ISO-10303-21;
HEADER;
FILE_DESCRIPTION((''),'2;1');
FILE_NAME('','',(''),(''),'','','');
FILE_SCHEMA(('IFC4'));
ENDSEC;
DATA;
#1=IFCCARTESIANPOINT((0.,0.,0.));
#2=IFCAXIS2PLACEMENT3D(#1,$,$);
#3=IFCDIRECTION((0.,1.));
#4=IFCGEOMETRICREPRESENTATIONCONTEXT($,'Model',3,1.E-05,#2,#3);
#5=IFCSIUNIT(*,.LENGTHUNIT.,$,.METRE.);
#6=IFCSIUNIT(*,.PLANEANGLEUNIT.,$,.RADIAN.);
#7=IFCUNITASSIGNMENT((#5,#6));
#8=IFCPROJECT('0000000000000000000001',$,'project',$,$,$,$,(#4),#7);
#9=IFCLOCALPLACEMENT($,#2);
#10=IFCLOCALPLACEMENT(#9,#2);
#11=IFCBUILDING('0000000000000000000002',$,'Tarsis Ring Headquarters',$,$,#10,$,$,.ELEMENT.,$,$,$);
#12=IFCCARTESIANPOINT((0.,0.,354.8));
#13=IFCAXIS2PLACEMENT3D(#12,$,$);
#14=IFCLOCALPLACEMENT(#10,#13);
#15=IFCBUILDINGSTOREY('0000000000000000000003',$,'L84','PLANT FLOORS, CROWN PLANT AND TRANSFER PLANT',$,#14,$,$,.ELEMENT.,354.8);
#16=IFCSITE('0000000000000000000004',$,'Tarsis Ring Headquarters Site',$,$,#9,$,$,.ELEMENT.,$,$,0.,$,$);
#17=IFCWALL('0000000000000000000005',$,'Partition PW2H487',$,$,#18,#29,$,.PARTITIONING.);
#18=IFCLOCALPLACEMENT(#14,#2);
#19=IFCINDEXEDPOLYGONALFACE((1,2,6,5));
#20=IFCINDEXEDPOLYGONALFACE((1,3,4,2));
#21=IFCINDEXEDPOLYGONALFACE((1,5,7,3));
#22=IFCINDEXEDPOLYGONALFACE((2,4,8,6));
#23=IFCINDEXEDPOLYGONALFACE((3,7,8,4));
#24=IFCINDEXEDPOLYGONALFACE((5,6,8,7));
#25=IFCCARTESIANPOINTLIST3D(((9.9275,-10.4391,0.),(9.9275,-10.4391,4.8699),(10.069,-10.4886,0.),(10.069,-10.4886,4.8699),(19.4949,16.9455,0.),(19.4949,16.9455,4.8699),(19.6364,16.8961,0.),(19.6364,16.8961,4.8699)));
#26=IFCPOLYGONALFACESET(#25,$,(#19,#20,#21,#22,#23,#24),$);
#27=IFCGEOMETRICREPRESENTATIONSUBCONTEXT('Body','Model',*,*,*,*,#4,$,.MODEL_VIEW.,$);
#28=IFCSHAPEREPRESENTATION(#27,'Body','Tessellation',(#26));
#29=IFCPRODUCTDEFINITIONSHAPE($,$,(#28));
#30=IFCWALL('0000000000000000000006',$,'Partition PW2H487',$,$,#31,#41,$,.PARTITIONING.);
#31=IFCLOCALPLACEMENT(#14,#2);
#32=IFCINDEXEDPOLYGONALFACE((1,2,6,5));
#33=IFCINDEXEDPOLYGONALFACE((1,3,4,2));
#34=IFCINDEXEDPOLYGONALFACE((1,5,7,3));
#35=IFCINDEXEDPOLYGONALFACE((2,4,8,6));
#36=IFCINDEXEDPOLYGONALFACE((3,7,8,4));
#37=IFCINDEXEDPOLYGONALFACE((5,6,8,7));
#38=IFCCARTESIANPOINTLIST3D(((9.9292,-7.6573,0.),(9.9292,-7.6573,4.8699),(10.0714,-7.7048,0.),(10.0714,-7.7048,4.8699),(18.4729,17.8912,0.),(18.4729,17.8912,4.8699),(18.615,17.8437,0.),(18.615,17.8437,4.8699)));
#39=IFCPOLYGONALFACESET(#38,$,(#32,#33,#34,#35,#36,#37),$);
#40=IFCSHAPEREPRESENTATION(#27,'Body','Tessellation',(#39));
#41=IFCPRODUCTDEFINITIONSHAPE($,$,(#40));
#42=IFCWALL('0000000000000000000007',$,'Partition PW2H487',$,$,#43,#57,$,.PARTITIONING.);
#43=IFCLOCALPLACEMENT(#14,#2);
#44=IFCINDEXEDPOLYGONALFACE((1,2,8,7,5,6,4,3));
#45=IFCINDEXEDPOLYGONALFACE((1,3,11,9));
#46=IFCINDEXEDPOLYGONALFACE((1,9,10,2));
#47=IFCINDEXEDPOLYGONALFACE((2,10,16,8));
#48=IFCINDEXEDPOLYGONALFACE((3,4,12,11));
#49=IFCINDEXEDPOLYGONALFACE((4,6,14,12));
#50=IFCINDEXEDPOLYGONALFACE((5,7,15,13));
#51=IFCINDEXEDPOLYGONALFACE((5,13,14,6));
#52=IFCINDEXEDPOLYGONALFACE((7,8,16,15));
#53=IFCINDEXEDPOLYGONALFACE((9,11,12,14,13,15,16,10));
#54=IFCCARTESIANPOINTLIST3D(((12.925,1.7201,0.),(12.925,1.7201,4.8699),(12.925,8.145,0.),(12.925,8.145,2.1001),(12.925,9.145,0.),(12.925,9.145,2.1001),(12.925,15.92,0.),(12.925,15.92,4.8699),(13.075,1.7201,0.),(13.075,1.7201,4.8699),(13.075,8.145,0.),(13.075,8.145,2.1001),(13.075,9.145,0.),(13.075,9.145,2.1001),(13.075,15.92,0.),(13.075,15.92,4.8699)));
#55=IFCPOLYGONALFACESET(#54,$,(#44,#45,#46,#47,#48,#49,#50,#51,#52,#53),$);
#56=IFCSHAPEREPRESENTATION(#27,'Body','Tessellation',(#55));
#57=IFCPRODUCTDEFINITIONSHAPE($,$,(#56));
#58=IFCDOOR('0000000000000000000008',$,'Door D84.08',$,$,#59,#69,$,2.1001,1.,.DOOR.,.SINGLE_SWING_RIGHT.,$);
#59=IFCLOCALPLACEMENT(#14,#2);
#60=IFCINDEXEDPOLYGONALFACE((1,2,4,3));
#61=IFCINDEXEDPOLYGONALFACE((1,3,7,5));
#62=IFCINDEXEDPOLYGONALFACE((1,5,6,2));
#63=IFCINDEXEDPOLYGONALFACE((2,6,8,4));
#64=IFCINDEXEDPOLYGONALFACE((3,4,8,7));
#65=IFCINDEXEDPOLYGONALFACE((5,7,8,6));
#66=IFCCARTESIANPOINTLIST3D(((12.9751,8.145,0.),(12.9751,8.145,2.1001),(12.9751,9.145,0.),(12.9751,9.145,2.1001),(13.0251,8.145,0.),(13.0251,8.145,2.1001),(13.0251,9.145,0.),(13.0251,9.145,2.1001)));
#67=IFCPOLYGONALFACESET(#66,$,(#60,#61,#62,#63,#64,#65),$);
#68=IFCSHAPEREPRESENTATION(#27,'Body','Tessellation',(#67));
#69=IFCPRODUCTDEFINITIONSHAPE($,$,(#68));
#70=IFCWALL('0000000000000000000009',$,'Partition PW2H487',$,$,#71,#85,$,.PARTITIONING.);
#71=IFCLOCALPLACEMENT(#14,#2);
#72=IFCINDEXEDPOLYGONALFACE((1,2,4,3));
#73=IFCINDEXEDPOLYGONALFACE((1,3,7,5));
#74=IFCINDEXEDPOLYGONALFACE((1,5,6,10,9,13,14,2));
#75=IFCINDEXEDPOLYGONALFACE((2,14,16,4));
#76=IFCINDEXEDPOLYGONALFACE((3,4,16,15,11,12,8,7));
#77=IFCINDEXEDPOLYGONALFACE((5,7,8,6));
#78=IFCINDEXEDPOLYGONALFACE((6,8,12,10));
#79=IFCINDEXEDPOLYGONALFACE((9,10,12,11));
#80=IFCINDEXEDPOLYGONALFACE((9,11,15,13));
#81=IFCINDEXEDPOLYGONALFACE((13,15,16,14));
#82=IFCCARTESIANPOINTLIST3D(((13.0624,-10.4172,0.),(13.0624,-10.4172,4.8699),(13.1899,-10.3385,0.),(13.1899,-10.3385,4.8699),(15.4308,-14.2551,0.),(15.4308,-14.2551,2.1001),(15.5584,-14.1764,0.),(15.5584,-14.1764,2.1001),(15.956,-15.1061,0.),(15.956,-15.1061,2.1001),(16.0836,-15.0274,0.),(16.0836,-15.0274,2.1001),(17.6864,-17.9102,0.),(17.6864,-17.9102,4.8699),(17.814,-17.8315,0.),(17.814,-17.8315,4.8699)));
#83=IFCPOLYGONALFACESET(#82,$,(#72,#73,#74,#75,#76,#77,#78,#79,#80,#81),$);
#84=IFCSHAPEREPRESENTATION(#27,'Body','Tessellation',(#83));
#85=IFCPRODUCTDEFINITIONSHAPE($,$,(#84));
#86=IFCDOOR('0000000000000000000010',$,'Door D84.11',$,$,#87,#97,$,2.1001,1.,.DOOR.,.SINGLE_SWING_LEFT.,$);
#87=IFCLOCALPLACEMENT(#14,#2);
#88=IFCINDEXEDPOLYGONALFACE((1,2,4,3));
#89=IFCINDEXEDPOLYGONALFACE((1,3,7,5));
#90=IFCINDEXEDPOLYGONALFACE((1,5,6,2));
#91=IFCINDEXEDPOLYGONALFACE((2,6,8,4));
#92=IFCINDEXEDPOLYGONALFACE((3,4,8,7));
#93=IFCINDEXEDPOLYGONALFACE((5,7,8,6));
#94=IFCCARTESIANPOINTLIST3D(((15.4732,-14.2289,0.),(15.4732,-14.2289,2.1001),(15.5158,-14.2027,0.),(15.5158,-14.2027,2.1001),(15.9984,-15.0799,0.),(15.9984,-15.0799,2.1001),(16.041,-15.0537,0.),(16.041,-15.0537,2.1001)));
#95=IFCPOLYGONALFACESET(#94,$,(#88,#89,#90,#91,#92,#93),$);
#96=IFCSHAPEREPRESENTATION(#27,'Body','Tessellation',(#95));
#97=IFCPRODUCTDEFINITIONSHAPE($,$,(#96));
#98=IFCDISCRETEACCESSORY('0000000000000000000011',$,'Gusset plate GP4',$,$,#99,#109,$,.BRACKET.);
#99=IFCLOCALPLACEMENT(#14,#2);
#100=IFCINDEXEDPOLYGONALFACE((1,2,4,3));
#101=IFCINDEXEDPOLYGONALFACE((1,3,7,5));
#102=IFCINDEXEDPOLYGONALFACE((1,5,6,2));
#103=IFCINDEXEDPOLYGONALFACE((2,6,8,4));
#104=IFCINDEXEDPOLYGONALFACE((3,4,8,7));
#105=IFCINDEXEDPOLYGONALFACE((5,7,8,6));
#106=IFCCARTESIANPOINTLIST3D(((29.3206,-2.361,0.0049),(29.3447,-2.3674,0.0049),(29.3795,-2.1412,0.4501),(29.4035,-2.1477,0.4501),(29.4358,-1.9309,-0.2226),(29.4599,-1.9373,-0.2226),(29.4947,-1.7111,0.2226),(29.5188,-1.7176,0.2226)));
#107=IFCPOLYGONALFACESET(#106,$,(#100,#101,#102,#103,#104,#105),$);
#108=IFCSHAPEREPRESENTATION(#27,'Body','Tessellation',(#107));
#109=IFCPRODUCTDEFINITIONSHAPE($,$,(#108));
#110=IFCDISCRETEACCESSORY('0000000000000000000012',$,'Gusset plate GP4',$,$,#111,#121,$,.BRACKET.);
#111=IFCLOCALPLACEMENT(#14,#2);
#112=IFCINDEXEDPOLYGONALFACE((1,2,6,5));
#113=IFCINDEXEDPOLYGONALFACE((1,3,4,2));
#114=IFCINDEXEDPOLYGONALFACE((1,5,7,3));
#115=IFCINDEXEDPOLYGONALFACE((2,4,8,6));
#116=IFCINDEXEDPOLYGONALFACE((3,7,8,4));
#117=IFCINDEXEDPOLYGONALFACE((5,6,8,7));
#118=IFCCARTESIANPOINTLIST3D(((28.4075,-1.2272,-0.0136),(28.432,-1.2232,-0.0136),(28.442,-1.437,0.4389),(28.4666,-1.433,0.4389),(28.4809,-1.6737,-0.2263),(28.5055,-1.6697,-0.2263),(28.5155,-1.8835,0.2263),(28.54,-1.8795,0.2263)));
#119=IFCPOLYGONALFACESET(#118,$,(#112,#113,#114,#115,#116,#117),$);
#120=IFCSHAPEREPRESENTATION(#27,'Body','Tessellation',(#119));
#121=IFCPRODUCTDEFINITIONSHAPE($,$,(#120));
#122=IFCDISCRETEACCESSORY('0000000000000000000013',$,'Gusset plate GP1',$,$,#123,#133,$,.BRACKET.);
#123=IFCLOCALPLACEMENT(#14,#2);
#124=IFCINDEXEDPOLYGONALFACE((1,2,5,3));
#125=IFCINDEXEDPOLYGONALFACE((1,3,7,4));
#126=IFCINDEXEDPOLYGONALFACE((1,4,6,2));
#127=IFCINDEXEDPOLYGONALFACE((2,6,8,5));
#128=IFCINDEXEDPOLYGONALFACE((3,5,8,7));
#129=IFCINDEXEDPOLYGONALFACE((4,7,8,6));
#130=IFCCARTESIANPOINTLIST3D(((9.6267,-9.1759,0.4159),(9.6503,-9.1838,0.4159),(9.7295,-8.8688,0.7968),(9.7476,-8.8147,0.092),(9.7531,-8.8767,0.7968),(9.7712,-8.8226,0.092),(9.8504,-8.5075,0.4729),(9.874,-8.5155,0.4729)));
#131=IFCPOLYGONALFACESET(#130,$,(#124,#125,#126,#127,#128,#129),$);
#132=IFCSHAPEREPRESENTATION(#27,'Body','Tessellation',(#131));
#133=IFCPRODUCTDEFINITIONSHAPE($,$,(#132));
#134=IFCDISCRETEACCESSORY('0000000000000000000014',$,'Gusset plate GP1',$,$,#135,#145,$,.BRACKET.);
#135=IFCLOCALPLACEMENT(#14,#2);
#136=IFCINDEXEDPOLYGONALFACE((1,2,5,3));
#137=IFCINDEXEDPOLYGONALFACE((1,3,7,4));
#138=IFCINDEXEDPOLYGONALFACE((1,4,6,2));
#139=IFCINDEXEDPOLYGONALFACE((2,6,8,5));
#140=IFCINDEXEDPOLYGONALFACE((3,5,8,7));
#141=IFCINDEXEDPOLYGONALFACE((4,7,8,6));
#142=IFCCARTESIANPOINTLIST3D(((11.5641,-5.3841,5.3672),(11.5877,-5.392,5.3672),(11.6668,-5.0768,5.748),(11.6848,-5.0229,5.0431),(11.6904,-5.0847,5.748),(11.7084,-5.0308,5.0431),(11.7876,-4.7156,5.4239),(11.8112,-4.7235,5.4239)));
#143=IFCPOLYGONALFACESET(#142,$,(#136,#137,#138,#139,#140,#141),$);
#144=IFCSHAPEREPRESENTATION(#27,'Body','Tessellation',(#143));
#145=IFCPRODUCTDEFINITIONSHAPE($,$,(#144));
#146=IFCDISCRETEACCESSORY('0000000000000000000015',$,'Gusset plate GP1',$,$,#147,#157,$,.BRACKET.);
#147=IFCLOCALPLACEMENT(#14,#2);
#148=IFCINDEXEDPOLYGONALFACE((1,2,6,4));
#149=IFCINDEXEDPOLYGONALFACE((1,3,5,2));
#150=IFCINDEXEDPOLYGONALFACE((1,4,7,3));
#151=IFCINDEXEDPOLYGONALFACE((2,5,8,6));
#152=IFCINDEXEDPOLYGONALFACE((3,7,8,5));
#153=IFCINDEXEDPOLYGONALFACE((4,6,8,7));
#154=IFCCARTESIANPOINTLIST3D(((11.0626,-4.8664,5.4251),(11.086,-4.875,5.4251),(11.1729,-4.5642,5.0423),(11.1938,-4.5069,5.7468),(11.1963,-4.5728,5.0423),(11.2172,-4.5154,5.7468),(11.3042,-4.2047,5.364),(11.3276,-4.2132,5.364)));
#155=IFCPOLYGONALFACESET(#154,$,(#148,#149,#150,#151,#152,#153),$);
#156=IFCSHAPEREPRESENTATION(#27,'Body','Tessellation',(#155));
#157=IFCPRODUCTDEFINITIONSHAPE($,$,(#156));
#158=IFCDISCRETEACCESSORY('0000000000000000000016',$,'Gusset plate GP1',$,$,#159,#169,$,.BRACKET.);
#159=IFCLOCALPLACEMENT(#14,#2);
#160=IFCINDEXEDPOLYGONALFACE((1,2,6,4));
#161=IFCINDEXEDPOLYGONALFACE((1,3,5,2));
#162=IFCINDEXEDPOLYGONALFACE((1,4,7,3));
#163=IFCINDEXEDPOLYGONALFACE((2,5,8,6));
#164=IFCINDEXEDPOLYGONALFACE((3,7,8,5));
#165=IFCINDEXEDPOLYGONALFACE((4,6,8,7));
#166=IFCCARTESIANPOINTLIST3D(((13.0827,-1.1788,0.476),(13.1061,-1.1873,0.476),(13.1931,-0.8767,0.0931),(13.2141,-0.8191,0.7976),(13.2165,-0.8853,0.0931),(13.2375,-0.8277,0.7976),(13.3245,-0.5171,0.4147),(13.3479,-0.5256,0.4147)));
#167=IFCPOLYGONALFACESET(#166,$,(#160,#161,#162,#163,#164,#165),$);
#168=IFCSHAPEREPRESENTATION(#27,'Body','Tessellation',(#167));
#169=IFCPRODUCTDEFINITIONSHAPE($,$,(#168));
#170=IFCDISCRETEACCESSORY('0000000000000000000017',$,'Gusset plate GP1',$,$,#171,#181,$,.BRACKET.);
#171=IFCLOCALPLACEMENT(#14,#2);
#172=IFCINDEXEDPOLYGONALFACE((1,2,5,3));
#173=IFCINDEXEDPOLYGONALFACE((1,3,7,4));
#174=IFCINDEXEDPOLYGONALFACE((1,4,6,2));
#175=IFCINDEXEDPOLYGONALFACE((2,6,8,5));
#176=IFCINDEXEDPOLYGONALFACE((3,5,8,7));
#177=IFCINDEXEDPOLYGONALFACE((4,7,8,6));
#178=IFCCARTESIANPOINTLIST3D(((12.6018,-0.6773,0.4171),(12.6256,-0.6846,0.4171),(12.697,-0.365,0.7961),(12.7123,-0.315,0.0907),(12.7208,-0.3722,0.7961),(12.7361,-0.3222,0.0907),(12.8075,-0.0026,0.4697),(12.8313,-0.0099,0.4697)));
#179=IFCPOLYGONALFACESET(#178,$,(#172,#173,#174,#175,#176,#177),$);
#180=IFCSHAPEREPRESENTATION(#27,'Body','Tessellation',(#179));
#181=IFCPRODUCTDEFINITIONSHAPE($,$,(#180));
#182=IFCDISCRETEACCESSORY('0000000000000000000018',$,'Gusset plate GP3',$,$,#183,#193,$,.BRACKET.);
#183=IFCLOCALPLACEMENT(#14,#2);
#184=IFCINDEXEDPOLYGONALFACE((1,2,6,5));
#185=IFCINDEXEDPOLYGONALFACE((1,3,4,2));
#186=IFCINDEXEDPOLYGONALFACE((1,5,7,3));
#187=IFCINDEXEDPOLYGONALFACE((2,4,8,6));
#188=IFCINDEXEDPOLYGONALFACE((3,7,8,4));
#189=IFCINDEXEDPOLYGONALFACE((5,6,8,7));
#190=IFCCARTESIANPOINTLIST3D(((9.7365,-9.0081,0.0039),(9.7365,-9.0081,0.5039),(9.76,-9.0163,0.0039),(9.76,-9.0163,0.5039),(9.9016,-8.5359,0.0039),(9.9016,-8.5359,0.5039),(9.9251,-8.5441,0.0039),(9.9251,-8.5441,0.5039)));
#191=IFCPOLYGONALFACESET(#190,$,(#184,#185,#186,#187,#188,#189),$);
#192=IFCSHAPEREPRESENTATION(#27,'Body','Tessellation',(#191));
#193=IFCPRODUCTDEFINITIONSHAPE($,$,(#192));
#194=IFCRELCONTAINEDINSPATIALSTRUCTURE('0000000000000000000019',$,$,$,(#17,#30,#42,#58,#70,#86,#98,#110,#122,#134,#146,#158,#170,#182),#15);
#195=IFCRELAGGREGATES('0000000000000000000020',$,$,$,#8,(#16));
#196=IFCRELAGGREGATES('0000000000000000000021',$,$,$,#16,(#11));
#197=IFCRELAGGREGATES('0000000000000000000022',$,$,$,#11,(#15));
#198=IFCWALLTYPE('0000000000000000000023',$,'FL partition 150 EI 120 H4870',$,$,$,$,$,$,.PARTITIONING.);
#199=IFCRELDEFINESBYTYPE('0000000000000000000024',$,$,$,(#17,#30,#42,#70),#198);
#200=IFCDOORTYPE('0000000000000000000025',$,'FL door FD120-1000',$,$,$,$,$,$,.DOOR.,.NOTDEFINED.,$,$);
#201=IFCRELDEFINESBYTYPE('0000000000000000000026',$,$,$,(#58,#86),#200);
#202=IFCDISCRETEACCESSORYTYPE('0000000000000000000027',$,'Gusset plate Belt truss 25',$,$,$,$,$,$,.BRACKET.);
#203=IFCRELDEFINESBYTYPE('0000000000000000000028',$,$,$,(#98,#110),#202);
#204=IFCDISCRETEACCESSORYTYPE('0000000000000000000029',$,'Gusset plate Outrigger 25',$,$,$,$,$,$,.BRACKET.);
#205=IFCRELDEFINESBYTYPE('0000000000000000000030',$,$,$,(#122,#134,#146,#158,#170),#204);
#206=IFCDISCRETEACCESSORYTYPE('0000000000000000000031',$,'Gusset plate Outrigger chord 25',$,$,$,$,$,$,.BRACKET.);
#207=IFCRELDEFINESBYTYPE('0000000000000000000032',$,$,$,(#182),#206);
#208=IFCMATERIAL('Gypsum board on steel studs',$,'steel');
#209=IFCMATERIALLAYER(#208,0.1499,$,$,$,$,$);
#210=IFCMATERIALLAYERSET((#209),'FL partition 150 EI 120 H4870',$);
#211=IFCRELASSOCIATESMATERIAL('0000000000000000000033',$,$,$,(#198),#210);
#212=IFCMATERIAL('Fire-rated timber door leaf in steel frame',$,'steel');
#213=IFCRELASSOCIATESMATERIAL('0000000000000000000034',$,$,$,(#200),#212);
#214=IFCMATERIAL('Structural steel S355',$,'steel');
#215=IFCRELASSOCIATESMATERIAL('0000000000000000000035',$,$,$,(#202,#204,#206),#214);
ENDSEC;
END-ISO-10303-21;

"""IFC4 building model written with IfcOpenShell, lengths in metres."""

from ifc_helpers import new_model, si_unit, direction, frame, frame_2d, origin, origin_2d, place, context, subcontext, project, spatial, rectangle, extrude, material, layer, layer_set, material_profile, profile_set, type_object, element, fill, save


model = new_model("IFC4")

# Units and contexts
model_context = context("Model", 3, precision=1e-05, world=origin(), true_north=direction((0.0, 1.0)))
body_context = subcontext(model_context, "Body", "Model", "MODEL_VIEW")
ifc_project = project(units=[si_unit("LENGTHUNIT", "METRE"), si_unit("PLANEANGLEUNIT", "RADIAN")], contexts=[model_context])

# Site, building, storey
site_placement = place(None, origin())
site = spatial("IfcSite", under=ifc_project, at=site_placement, Name="Tarsis Ring Headquarters Site", CompositionType="ELEMENT", RefElevation=0.0)
building_placement = place(site_placement, origin())
building = spatial("IfcBuilding", under=site, at=building_placement, Name="Tarsis Ring Headquarters", CompositionType="ELEMENT")
storey_placement = place(building_placement, frame((0.0, 0.0, 354.8)))
storey = spatial("IfcBuildingStorey", under=building, at=storey_placement, Name="L84", Description="PLANT FLOORS, CROWN PLANT AND TRANSFER PLANT", CompositionType="ELEMENT", Elevation=354.8)

# Shared definitions
ifc_material_1 = material(Name="Structural steel S355", Category="steel")

# Walls
ifc_material_2 = material(Name="Gypsum board on steel studs", Category="steel")
ifc_layer = layer(ifc_material_2, 0.1499)
ifc_layer_set = layer_set([ifc_layer], Name="FL partition 150 EI 120 H4870")
wall_type = type_object("IfcWallType", Name="FL partition 150 EI 120 H4870", PredefinedType="PARTITIONING", material=ifc_layer_set)
wall_1_placement = place(storey_placement, frame((9.9983, -10.4639, 0.0), z_axis=(0.0, 0.0, 1.0), x_axis=(0.32982, 0.944044, 0.0)))
element("IfcWall", 1, at=wall_1_placement, inside=storey, type_object=wall_type, Name="Partition PW2H487", PredefinedType="PARTITIONING", context=body_context, shape_type="SweptSolid", body=[
    extrude(rectangle(XDim=29.0078, YDim=0.1499, at=frame_2d((14.5039, 0.0))), origin(), (0.0, 0.0, 1.0), 4.8699),
])
wall_2_placement = place(storey_placement, frame((10.0002, -7.6812, 0.0), z_axis=(0.0, 0.0, 1.0), x_axis=(0.317147, 0.948377, 0.0)))
element("IfcWall", 2, at=wall_2_placement, inside=storey, type_object=wall_type, Name="Partition PW2H487", PredefinedType="PARTITIONING", context=body_context, shape_type="SweptSolid", body=[
    extrude(rectangle(XDim=26.9392, YDim=0.1499, at=frame_2d((13.4697, 0.0))), origin(), (0.0, 0.0, 1.0), 4.8699),
])

# Walls, openings, doors
wall_3_placement = place(storey_placement, frame((13.0, 1.72, 0.0), z_axis=(0.0, 0.0, 1.0), x_axis=(0.0, 1.0, 0.0)))
wall_3 = element("IfcWall", 3, at=wall_3_placement, inside=storey, type_object=wall_type, Name="Partition PW2H487", PredefinedType="PARTITIONING", context=body_context, shape_type="SweptSolid", body=[
    extrude(rectangle(XDim=14.2, YDim=0.1499, at=frame_2d((7.1001, 0.0))), origin(), (0.0, 0.0, 1.0), 4.8699),
])
opening_1_placement = place(wall_3_placement, frame((6.425, 0.0, 0.0)))
opening_1 = element("IfcOpeningElement", 4, at=opening_1_placement, cuts=wall_3, PredefinedType="OPENING", context=body_context, shape_type="SweptSolid", body=[
    extrude(rectangle(XDim=1.0, YDim=2.1001, at=frame_2d((0.5, 1.05))), frame((0.0, 0.085, 0.0), z_axis=(0.0, -1.0, 0.0), x_axis=(1.0, 0.0, 0.0)), (0.0, 0.0, 1.0), 0.1699),
])
ifc_material_3 = material(Name="Fire-rated timber door leaf in steel frame", Category="steel")
door_type = type_object("IfcDoorType", Name="FL door FD120-1000", OperationType="NOTDEFINED", PredefinedType="DOOR", material=ifc_material_3)
door_1_placement = place(opening_1_placement, origin())
door_1 = element("IfcDoor", 5, at=door_1_placement, inside=storey, type_object=door_type, Name="Door D84.08", OperationType="SINGLE_SWING_RIGHT", OverallHeight=2.1001, OverallWidth=1.0, PredefinedType="DOOR", context=body_context, shape_type="SweptSolid", body=[
    extrude(rectangle(XDim=1.0, YDim=2.1001, at=frame_2d((0.5, 1.05))), frame((0.0, 0.0249, 0.0), z_axis=(0.0, -1.0, 0.0), x_axis=(1.0, 0.0, 0.0)), (0.0, 0.0, 1.0), 0.05),
])
fill(opening_1, door_1)
wall_4_placement = place(storey_placement, frame((13.1262, -10.3779, 0.0), z_axis=(0.0, 0.0, 1.0), x_axis=(0.525168, -0.850999, 0.0)))
wall_4 = element("IfcWall", 6, at=wall_4_placement, inside=storey, type_object=wall_type, Name="Partition PW2H487", PredefinedType="PARTITIONING", context=body_context, shape_type="SweptSolid", body=[
    extrude(rectangle(XDim=8.8049, YDim=0.1499, at=frame_2d((4.4023, 0.0))), origin(), (0.0, 0.0, 1.0), 4.8699),
])
opening_2_placement = place(wall_4_placement, frame((4.5098, 0.0, 0.0)))
opening_2 = element("IfcOpeningElement", 7, at=opening_2_placement, cuts=wall_4, PredefinedType="OPENING", context=body_context, shape_type="SweptSolid", body=[
    extrude(rectangle(XDim=1.0, YDim=2.1001, at=frame_2d((0.5, 1.05))), frame((0.0, 0.085, 0.0), z_axis=(0.0, -1.0, 0.0), x_axis=(1.0, 0.0, 0.0)), (0.0, 0.0, 1.0), 0.1699),
])
door_2_placement = place(opening_2_placement, origin())
door_2 = element("IfcDoor", 8, at=door_2_placement, inside=storey, type_object=door_type, Name="Door D84.11", OperationType="SINGLE_SWING_LEFT", OverallHeight=2.1001, OverallWidth=1.0, PredefinedType="DOOR", context=body_context, shape_type="SweptSolid", body=[
    extrude(rectangle(XDim=1.0, YDim=2.1001, at=frame_2d((0.5, 1.05))), frame((0.0, 0.0249, 0.0), z_axis=(0.0, -1.0, 0.0), x_axis=(1.0, 0.0, 0.0)), (0.0, 0.0, 1.0), 0.05),
])
fill(opening_2, door_2)

# Discrete accessories
ifc_material_profile_1 = material_profile(ifc_material_1, rectangle(XDim=0.0249, YDim=0.5, at=origin_2d()), Name="PL 25x500")
ifc_profile_set_1 = profile_set([ifc_material_profile_1], Name="Structural steel S355")
discrete_accessory_type_1 = type_object("IfcDiscreteAccessoryType", Name="Gusset plate Belt truss 25", PredefinedType="BRACKET", material=ifc_profile_set_1)
for number, where, z_axis, x_axis, name in (
    (9, (29.4773, -1.8242, 0.0), (-0.230421, -0.860172, 0.454983), (0.965943, -0.258754, 0.0), "Gusset plate GP4"),
    (10, (28.5105, -1.7766, 0.0), (-0.14697, 0.893047, 0.425284), (-0.986727, -0.162386, 0.0), "Gusset plate GP4"),
):
    element("IfcDiscreteAccessory", number, at=place(storey_placement, frame(where, z_axis=z_axis, x_axis=x_axis)), inside=storey, type_object=discrete_accessory_type_1, Name=name, PredefinedType="BRACKET", context=body_context, shape_type="SweptSolid", body=[
        extrude(rectangle(XDim=0.0249, YDim=0.5, at=origin_2d()), origin(), (0.0, 0.0, 1.0), 0.5),
    ])
discrete_accessory_type_2 = type_object("IfcDiscreteAccessoryType", Name="Gusset plate Outrigger 25", PredefinedType="BRACKET", material=ifc_profile_set_1)
for number, where, z_axis, x_axis, name in (
    (11, (9.699, -8.9993, 0.2539), (0.205588, 0.614324, 0.7618), (-0.948306, 0.317358, 0.0), "Gusset plate GP1"),
    (12, (11.739, -4.9001, 5.5859), (-0.205527, -0.614628, -0.761572), (0.948382, -0.317132, 0.0), "Gusset plate GP1"),
    (13, (11.1399, -4.6909, 5.5859), (0.22067, 0.604401, -0.765509), (-0.93935, 0.342961, 0.0), "Gusset plate GP1"),
    (14, (13.2705, -0.7012, 0.2539), (-0.220735, -0.604091, 0.765735), (0.93926, -0.343206, 0.0), "Gusset plate GP1"),
):
    element("IfcDiscreteAccessory", number, at=place(storey_placement, frame(where, z_axis=z_axis, x_axis=x_axis)), inside=storey, type_object=discrete_accessory_type_2, Name=name, PredefinedType="BRACKET", context=body_context, shape_type="SweptSolid", body=[
        extrude(rectangle(XDim=0.0249, YDim=0.5, at=origin_2d()), origin(), (0.0, 0.0, 1.0), 0.5),
    ])
discrete_accessory_1_placement = place(storey_placement, frame((12.6689, -0.4998, 0.2539), z_axis=(0.190377, 0.624338, 0.757601), x_axis=(-0.95652, 0.291667, 0.0)))
element("IfcDiscreteAccessory", 15, at=discrete_accessory_1_placement, inside=storey, type_object=discrete_accessory_type_2, Name="Gusset plate GP1", PredefinedType="BRACKET", context=body_context, shape_type="SweptSolid", body=[
    extrude(rectangle(XDim=0.0249, YDim=0.5, at=origin_2d()), origin(), (0.0, 0.0, 1.0), 0.5002),
])
discrete_accessory_type_3 = type_object("IfcDiscreteAccessoryType", Name="Gusset plate Outrigger chord 25", PredefinedType="BRACKET", material=ifc_profile_set_1)
discrete_accessory_2_placement = place(storey_placement, frame((9.7483, -9.0122, 0.2539), z_axis=(0.329959, 0.943995, 0.0), x_axis=(-0.943995, 0.329959, 0.0)))
element("IfcDiscreteAccessory", 16, at=discrete_accessory_2_placement, inside=storey, type_object=discrete_accessory_type_3, Name="Gusset plate GP3", PredefinedType="BRACKET", context=body_context, shape_type="SweptSolid", body=[
    extrude(rectangle(XDim=0.0249, YDim=0.5, at=origin_2d()), origin(), (0.0, 0.0, 1.0), 0.5002),
])

save(model, "model.ifc")
